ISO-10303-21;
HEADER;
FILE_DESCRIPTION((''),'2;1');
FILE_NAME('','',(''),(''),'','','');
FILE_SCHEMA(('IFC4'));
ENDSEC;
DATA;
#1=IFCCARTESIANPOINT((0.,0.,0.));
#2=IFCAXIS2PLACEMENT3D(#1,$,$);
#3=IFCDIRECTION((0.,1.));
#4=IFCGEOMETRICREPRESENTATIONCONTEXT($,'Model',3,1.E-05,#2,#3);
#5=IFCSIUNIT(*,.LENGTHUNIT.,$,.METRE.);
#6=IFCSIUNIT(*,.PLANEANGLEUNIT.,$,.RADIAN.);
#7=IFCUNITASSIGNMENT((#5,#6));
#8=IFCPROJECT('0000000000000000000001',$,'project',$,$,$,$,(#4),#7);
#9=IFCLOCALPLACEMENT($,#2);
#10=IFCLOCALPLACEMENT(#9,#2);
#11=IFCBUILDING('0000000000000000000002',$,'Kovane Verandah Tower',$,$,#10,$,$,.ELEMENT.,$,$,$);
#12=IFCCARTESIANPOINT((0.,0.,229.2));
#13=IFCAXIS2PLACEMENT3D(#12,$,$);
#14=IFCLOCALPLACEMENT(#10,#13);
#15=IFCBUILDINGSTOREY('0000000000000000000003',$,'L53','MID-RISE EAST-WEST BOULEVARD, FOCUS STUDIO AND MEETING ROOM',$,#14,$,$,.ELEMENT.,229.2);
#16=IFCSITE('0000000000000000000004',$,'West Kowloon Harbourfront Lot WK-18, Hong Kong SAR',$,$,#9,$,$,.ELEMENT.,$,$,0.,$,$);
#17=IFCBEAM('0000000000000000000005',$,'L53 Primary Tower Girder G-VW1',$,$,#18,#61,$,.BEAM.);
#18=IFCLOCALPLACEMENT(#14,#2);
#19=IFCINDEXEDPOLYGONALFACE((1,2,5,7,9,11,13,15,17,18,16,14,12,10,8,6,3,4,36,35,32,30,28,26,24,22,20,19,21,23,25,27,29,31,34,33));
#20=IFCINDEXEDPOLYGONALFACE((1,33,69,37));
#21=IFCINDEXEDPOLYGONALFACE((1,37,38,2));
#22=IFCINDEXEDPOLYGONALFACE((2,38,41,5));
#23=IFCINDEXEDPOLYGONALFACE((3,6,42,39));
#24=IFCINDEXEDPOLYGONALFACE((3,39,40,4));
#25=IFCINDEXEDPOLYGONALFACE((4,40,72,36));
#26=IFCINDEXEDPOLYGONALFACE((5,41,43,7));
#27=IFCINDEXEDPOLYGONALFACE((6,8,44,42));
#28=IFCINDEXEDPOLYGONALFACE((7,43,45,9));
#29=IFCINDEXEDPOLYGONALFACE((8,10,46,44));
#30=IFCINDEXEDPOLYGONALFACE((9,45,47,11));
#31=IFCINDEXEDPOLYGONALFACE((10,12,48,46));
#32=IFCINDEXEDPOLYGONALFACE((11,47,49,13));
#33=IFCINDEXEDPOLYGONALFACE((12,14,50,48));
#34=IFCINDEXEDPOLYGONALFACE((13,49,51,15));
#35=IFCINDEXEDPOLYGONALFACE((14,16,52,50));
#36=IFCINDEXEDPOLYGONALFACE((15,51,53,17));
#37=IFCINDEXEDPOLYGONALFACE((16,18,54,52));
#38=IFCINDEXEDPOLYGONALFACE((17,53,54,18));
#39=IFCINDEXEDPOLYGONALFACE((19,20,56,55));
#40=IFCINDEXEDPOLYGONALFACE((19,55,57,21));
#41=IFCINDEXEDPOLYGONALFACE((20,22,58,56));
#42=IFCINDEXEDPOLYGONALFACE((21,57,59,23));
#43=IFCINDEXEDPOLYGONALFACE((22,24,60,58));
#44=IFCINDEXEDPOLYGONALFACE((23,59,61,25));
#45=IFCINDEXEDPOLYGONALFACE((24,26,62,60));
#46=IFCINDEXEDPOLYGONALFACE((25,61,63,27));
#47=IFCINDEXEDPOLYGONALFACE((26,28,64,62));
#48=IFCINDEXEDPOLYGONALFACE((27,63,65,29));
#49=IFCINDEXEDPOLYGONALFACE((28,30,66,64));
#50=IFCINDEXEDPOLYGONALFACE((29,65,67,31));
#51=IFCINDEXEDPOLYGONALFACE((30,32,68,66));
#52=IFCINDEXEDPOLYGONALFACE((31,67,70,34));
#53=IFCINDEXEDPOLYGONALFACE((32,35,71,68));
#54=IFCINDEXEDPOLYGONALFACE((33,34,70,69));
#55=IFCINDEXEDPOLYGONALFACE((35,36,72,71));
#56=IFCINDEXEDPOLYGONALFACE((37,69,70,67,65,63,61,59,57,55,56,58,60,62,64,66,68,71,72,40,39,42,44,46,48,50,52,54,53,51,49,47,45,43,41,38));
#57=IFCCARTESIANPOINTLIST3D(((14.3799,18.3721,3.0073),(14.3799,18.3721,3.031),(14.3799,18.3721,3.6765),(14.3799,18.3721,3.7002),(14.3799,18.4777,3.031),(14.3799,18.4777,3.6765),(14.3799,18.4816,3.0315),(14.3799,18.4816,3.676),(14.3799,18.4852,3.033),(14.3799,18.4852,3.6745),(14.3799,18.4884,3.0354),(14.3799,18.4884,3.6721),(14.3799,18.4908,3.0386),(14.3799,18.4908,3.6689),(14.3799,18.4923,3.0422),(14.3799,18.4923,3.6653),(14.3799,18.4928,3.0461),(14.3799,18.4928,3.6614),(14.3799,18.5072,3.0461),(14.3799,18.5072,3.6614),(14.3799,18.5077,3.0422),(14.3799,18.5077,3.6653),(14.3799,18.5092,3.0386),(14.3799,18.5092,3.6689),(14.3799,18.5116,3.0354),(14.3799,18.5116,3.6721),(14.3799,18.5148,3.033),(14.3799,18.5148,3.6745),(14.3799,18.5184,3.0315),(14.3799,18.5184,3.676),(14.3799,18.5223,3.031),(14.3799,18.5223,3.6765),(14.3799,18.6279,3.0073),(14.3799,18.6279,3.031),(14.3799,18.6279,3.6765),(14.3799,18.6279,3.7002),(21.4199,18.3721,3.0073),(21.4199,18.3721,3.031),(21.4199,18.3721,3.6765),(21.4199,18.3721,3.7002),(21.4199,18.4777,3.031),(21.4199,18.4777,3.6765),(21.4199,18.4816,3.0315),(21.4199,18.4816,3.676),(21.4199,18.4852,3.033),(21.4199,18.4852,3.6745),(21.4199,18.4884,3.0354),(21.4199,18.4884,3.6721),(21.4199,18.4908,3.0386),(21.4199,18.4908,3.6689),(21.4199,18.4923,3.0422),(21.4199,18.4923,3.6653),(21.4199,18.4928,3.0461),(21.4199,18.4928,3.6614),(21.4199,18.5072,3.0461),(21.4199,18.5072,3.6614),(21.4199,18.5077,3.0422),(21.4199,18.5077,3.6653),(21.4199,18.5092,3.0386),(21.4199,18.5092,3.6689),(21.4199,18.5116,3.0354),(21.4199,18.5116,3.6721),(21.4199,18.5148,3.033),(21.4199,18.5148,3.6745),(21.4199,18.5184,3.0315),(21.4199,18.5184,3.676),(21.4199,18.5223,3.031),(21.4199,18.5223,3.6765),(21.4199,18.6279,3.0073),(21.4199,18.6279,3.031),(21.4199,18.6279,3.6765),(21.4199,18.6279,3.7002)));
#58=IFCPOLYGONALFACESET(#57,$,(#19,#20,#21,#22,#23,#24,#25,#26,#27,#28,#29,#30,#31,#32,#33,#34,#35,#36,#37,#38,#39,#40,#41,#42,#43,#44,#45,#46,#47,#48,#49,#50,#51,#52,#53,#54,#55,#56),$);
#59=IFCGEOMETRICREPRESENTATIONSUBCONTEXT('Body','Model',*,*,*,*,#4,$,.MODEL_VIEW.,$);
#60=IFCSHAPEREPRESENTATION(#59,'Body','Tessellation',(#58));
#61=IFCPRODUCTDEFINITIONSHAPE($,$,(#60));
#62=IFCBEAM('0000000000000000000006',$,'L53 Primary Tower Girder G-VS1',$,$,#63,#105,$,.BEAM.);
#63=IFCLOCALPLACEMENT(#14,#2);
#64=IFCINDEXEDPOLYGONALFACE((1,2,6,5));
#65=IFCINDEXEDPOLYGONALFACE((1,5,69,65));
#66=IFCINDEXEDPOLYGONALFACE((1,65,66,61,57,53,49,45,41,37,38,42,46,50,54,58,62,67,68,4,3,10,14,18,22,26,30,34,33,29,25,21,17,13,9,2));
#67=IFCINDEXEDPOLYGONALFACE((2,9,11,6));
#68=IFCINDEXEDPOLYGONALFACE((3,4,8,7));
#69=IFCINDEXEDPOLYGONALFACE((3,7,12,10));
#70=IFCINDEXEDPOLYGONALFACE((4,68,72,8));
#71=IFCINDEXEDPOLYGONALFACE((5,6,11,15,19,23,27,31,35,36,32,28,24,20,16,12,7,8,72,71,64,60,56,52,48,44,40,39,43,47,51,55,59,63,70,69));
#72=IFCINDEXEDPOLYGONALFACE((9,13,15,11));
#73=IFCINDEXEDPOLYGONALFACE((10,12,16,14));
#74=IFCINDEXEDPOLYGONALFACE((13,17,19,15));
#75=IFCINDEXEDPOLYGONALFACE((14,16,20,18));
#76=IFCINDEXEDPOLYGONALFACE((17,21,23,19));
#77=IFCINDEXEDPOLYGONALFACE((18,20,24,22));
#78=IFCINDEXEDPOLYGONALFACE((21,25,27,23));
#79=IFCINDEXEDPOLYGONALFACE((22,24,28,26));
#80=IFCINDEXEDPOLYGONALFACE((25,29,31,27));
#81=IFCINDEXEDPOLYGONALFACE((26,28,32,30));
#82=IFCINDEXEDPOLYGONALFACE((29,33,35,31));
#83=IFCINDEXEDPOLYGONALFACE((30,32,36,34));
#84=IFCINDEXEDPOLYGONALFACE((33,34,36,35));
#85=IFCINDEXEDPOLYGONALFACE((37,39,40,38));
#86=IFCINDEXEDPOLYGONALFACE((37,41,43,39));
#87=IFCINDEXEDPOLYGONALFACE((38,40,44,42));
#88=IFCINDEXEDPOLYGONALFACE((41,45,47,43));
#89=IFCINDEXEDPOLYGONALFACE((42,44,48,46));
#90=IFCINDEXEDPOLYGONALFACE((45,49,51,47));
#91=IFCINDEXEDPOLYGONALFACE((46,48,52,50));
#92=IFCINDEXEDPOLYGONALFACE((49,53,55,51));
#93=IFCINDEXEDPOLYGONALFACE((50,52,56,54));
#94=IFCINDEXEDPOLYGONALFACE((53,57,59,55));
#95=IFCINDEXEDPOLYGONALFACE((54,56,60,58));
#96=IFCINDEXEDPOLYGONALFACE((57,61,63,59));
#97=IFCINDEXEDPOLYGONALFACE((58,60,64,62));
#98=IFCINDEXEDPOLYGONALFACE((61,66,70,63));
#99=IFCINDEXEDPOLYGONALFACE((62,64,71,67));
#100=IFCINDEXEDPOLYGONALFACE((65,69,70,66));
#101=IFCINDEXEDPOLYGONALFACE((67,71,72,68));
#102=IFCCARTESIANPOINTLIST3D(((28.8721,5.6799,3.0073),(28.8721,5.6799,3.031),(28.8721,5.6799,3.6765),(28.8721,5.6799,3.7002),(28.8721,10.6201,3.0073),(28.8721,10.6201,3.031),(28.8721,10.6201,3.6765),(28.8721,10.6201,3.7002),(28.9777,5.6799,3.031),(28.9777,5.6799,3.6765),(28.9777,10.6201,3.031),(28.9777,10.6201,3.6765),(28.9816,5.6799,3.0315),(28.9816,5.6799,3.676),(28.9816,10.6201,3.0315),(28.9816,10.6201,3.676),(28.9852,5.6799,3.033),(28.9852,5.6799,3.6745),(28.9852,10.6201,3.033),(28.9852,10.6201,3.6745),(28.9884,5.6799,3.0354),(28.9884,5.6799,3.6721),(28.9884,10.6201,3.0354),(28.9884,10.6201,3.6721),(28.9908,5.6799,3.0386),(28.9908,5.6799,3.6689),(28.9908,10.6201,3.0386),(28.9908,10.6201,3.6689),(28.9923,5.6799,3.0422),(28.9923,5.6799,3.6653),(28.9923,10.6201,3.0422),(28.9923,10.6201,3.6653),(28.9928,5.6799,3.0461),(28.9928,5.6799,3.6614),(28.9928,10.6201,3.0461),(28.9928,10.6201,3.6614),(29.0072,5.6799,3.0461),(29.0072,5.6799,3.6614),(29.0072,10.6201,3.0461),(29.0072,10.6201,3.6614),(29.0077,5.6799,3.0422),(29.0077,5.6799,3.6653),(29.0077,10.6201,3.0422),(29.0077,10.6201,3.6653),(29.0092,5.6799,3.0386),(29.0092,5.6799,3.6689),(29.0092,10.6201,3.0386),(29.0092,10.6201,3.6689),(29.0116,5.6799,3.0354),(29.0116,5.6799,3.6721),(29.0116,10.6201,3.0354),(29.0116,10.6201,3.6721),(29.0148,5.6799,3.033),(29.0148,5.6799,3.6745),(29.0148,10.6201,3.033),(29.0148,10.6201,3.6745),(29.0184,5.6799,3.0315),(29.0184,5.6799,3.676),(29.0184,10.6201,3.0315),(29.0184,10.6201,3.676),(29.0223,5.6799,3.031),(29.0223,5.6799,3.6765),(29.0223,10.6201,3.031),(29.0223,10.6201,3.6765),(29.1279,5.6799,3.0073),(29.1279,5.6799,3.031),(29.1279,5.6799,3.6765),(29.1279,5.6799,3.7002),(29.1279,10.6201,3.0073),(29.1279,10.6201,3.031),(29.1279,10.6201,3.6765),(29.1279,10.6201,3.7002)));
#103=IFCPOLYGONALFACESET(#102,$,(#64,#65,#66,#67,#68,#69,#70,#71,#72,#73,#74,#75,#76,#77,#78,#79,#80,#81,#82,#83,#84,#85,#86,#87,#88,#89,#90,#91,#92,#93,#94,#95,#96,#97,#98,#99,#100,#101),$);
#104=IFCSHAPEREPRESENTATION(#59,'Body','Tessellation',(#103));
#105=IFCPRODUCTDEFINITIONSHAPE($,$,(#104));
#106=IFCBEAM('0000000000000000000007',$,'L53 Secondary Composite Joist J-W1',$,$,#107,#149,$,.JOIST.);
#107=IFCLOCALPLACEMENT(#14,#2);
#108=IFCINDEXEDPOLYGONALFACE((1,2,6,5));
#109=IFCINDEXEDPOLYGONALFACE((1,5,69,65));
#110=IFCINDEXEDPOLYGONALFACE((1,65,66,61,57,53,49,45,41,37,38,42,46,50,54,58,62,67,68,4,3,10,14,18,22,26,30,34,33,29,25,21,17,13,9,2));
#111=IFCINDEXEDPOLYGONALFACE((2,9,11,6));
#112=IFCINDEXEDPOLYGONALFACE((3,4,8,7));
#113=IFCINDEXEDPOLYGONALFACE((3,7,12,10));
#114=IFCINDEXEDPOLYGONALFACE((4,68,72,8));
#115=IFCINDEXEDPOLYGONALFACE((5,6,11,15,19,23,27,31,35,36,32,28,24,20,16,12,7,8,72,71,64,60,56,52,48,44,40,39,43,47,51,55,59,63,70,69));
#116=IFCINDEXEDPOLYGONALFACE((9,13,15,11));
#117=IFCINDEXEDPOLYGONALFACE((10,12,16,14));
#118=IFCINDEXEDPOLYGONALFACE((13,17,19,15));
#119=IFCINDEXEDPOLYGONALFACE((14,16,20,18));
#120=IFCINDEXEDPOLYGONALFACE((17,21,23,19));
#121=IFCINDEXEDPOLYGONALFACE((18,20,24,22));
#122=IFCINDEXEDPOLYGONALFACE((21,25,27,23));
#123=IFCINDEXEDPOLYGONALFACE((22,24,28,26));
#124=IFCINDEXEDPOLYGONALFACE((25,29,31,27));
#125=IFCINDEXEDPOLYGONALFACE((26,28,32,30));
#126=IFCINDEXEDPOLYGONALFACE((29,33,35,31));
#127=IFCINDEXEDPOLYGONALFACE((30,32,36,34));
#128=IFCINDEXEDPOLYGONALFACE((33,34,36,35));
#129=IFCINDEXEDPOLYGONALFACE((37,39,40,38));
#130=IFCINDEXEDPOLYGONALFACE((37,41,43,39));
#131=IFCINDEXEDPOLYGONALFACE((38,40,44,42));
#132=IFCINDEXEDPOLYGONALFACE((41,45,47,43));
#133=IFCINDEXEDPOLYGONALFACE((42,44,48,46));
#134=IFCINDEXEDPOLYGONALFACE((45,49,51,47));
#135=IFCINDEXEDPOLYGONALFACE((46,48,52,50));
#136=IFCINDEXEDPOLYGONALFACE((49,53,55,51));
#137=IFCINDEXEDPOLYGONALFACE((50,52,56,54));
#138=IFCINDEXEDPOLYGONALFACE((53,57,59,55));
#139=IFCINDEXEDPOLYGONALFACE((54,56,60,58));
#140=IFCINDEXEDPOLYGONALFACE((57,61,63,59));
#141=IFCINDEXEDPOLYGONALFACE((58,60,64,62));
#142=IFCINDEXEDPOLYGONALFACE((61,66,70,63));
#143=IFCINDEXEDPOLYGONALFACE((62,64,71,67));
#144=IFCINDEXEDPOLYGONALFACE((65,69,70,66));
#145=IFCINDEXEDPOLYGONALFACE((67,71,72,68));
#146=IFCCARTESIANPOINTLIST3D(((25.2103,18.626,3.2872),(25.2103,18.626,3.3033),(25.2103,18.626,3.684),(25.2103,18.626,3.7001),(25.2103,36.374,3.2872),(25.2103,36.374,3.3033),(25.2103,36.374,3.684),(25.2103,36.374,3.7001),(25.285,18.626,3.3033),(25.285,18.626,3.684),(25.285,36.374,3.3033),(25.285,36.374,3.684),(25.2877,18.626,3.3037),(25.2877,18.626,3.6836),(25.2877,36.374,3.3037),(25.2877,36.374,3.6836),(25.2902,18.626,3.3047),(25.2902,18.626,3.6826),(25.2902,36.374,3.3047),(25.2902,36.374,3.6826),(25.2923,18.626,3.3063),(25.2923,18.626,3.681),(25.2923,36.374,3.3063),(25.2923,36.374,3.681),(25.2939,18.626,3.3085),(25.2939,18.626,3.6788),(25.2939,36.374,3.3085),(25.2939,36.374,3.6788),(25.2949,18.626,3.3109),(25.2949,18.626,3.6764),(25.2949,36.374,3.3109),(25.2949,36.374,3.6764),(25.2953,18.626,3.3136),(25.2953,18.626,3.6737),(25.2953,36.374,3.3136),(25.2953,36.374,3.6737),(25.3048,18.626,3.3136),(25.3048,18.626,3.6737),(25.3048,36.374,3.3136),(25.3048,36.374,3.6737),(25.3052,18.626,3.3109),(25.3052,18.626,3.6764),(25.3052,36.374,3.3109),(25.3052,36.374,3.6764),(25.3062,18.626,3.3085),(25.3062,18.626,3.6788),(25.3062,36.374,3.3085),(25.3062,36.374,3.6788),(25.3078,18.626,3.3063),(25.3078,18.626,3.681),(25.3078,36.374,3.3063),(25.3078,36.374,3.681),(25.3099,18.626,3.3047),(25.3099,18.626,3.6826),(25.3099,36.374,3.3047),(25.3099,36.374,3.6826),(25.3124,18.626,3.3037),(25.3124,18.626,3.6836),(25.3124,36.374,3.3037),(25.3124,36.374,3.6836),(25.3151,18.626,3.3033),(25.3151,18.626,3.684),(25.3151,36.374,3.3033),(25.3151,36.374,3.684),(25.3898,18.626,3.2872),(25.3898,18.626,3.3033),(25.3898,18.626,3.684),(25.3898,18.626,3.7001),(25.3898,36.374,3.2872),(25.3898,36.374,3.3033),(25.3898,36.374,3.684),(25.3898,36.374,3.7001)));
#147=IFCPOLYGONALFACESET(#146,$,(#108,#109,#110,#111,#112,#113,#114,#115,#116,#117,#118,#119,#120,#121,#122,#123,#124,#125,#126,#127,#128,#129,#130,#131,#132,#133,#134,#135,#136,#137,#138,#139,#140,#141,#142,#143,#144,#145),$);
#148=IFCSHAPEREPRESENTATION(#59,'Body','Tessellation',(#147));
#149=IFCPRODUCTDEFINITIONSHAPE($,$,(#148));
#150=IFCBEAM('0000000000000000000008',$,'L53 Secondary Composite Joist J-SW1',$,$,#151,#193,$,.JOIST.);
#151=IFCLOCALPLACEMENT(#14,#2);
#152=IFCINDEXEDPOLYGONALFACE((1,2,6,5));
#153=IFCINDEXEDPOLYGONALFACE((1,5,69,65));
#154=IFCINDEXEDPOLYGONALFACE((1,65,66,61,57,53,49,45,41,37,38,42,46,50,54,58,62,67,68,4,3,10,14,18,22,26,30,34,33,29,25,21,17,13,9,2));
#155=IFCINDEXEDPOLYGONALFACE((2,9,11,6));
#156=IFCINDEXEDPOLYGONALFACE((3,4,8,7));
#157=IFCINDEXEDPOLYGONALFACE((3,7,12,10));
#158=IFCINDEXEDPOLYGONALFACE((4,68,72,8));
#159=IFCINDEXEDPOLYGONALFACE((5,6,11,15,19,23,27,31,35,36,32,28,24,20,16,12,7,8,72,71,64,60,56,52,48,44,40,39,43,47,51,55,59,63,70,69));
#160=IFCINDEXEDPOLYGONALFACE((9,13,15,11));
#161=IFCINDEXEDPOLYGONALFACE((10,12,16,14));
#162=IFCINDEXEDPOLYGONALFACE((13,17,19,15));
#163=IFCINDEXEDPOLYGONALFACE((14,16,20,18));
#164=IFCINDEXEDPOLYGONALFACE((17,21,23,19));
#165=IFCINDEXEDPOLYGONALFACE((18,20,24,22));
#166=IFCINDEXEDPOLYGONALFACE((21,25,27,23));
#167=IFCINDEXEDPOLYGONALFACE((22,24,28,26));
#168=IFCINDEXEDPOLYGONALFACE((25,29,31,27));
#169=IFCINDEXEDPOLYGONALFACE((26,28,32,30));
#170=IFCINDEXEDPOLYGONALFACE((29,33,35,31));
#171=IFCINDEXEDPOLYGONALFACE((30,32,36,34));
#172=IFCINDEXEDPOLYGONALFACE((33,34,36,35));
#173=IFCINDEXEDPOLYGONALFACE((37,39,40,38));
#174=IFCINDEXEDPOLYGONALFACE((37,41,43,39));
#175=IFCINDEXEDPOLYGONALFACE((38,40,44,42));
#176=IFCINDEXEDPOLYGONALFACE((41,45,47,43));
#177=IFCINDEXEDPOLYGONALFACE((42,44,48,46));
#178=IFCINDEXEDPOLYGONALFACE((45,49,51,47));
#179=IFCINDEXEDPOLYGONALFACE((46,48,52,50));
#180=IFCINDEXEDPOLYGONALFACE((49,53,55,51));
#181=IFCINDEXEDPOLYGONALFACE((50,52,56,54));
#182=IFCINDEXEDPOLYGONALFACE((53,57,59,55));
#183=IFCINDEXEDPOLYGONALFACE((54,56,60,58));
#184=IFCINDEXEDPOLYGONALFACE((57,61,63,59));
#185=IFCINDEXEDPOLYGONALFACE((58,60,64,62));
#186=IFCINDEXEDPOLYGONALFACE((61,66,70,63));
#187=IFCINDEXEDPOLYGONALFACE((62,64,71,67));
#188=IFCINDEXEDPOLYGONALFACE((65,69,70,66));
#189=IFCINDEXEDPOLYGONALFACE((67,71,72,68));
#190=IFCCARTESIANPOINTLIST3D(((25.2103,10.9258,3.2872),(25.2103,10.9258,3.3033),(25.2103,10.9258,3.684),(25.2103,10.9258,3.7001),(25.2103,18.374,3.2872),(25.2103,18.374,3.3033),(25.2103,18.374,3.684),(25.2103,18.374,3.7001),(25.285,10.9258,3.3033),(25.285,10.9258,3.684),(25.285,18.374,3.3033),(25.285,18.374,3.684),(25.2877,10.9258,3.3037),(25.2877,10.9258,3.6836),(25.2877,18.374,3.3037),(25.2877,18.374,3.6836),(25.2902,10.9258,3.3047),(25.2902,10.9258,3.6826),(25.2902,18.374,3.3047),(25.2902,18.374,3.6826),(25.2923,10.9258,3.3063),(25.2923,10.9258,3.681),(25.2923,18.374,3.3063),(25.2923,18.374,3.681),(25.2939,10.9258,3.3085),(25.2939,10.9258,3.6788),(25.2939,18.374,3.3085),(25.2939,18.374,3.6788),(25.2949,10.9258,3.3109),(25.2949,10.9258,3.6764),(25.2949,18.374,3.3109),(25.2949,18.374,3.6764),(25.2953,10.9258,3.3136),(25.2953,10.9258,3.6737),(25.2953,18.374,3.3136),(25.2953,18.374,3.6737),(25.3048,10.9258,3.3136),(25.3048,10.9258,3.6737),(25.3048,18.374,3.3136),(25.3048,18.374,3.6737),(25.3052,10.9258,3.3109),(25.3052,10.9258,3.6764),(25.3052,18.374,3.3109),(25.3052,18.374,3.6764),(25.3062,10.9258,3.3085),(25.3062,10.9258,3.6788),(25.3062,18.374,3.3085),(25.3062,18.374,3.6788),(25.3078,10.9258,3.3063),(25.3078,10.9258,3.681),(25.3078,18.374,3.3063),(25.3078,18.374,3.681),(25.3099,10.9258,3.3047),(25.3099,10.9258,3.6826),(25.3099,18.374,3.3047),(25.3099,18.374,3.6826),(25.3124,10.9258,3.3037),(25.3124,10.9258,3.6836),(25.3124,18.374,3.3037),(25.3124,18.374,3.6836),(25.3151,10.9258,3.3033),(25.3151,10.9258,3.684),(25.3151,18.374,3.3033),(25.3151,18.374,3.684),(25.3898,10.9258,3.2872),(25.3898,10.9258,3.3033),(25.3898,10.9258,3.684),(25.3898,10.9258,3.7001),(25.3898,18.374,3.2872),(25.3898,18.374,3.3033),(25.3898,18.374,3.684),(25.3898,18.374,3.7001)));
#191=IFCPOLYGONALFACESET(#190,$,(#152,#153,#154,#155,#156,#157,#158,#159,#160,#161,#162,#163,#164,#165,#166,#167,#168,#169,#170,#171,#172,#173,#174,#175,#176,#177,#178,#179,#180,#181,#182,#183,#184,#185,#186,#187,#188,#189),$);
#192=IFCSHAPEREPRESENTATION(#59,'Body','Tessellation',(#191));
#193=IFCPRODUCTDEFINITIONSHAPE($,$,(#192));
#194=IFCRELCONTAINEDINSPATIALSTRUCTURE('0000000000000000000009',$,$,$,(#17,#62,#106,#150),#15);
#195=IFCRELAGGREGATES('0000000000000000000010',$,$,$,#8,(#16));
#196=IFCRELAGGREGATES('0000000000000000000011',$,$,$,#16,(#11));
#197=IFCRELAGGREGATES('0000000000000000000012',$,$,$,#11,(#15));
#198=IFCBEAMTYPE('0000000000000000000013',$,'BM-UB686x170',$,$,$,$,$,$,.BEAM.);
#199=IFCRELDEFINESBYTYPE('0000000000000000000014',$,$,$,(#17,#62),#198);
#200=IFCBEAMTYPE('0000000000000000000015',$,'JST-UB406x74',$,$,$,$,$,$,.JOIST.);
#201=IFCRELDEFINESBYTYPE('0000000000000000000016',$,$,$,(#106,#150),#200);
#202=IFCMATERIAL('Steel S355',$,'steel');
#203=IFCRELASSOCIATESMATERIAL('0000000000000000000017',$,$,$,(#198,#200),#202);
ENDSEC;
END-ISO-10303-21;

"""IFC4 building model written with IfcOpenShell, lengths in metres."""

from ifc_helpers import new_model, si_unit, direction, frame, origin, origin_2d, place, context, subcontext, project, spatial, i_section, extrude, material, material_profile, profile_set, type_object, element, save


model = new_model("IFC4")

# Units and contexts
model_context = context("Model", 3, precision=1e-05, world=origin(), true_north=direction((0.0, 1.0)))
body_context = subcontext(model_context, "Body", "Model", "MODEL_VIEW")
ifc_project = project(units=[si_unit("LENGTHUNIT", "METRE"), si_unit("PLANEANGLEUNIT", "RADIAN")], contexts=[model_context])

# Site, building, storey
site_placement = place(None, origin())
site = spatial("IfcSite", under=ifc_project, at=site_placement, Name="West Kowloon Harbourfront Lot WK-18, Hong Kong SAR", CompositionType="ELEMENT", RefElevation=0.0)
building_placement = place(site_placement, origin())
building = spatial("IfcBuilding", under=site, at=building_placement, Name="Kovane Verandah Tower", CompositionType="ELEMENT")
storey_placement = place(building_placement, frame((0.0, 0.0, 229.2)))
storey = spatial("IfcBuildingStorey", under=building, at=storey_placement, Name="L53", Description="MID-RISE EAST-WEST BOULEVARD, FOCUS STUDIO AND MEETING ROOM", CompositionType="ELEMENT", Elevation=229.2)

# Beams
ifc_material_1 = material(Name="Steel S355", Category="steel")
ifc_material_profile_1 = material_profile(ifc_material_1, i_section(OverallWidth=0.2559, OverallDepth=0.6929, WebThickness=0.0144, FlangeThickness=0.0237, FilletRadius=0.0151, at=origin_2d()), Name="UB686x254x170")
ifc_profile_set_1 = profile_set([ifc_material_profile_1], Name="Steel S355")
beam_type_1 = type_object("IfcBeamType", Name="BM-UB686x170", PredefinedType="BEAM", material=ifc_profile_set_1)
beam_1_placement = place(storey_placement, frame((21.4199, 18.5, 3.3538), z_axis=(-1.0, 0.0, 0.0), x_axis=(0.0, -1.0, 0.0)))
element("IfcBeam", 1, at=beam_1_placement, inside=storey, type_object=beam_type_1, Name="L53 Primary Tower Girder G-VW1", PredefinedType="BEAM", context=body_context, shape_type="SweptSolid", body=[
    extrude(i_section(OverallWidth=0.2559, OverallDepth=0.6929, WebThickness=0.0144, FlangeThickness=0.0237, FilletRadius=0.0151, at=origin_2d()), origin(), (0.0, 0.0, 1.0), 7.04),
])
beam_2_placement = place(storey_placement, frame((29.0, 10.6201, 3.3538), z_axis=(0.0, -1.0, 0.0), x_axis=(1.0, 0.0, 0.0)))
element("IfcBeam", 2, at=beam_2_placement, inside=storey, type_object=beam_type_1, Name="L53 Primary Tower Girder G-VS1", PredefinedType="BEAM", context=body_context, shape_type="SweptSolid", body=[
    extrude(i_section(OverallWidth=0.2559, OverallDepth=0.6929, WebThickness=0.0144, FlangeThickness=0.0237, FilletRadius=0.0151, at=origin_2d()), origin(), (0.0, 0.0, 1.0), 4.9402),
])
ifc_material_profile_2 = material_profile(ifc_material_1, i_section(OverallWidth=0.1794, OverallDepth=0.4128, WebThickness=0.0095, FlangeThickness=0.0161, FilletRadius=0.0103, at=origin_2d()), Name="UB406x178x74")
ifc_profile_set_2 = profile_set([ifc_material_profile_2], Name="Steel S355")
beam_type_2 = type_object("IfcBeamType", Name="JST-UB406x74", PredefinedType="JOIST", material=ifc_profile_set_2)
beam_3_placement = place(storey_placement, frame((25.3, 18.626, 3.4937), z_axis=(0.0, 1.0, 0.0), x_axis=(-1.0, 0.0, 0.0)))
element("IfcBeam", 3, at=beam_3_placement, inside=storey, type_object=beam_type_2, Name="L53 Secondary Composite Joist J-W1", PredefinedType="JOIST", context=body_context, shape_type="SweptSolid", body=[
    extrude(i_section(OverallWidth=0.1794, OverallDepth=0.4128, WebThickness=0.0095, FlangeThickness=0.0161, FilletRadius=0.0103, at=origin_2d()), origin(), (0.0, 0.0, 1.0), 17.748),
])
beam_4_placement = place(storey_placement, frame((25.3, 10.9258, 3.4937), z_axis=(0.0, 1.0, 0.0), x_axis=(-1.0, 0.0, 0.0)))
element("IfcBeam", 4, at=beam_4_placement, inside=storey, type_object=beam_type_2, Name="L53 Secondary Composite Joist J-SW1", PredefinedType="JOIST", context=body_context, shape_type="SweptSolid", body=[
    extrude(i_section(OverallWidth=0.1794, OverallDepth=0.4128, WebThickness=0.0095, FlangeThickness=0.0161, FilletRadius=0.0103, at=origin_2d()), origin(), (0.0, 0.0, 1.0), 7.4482),
])

save(model, "model.ifc")
